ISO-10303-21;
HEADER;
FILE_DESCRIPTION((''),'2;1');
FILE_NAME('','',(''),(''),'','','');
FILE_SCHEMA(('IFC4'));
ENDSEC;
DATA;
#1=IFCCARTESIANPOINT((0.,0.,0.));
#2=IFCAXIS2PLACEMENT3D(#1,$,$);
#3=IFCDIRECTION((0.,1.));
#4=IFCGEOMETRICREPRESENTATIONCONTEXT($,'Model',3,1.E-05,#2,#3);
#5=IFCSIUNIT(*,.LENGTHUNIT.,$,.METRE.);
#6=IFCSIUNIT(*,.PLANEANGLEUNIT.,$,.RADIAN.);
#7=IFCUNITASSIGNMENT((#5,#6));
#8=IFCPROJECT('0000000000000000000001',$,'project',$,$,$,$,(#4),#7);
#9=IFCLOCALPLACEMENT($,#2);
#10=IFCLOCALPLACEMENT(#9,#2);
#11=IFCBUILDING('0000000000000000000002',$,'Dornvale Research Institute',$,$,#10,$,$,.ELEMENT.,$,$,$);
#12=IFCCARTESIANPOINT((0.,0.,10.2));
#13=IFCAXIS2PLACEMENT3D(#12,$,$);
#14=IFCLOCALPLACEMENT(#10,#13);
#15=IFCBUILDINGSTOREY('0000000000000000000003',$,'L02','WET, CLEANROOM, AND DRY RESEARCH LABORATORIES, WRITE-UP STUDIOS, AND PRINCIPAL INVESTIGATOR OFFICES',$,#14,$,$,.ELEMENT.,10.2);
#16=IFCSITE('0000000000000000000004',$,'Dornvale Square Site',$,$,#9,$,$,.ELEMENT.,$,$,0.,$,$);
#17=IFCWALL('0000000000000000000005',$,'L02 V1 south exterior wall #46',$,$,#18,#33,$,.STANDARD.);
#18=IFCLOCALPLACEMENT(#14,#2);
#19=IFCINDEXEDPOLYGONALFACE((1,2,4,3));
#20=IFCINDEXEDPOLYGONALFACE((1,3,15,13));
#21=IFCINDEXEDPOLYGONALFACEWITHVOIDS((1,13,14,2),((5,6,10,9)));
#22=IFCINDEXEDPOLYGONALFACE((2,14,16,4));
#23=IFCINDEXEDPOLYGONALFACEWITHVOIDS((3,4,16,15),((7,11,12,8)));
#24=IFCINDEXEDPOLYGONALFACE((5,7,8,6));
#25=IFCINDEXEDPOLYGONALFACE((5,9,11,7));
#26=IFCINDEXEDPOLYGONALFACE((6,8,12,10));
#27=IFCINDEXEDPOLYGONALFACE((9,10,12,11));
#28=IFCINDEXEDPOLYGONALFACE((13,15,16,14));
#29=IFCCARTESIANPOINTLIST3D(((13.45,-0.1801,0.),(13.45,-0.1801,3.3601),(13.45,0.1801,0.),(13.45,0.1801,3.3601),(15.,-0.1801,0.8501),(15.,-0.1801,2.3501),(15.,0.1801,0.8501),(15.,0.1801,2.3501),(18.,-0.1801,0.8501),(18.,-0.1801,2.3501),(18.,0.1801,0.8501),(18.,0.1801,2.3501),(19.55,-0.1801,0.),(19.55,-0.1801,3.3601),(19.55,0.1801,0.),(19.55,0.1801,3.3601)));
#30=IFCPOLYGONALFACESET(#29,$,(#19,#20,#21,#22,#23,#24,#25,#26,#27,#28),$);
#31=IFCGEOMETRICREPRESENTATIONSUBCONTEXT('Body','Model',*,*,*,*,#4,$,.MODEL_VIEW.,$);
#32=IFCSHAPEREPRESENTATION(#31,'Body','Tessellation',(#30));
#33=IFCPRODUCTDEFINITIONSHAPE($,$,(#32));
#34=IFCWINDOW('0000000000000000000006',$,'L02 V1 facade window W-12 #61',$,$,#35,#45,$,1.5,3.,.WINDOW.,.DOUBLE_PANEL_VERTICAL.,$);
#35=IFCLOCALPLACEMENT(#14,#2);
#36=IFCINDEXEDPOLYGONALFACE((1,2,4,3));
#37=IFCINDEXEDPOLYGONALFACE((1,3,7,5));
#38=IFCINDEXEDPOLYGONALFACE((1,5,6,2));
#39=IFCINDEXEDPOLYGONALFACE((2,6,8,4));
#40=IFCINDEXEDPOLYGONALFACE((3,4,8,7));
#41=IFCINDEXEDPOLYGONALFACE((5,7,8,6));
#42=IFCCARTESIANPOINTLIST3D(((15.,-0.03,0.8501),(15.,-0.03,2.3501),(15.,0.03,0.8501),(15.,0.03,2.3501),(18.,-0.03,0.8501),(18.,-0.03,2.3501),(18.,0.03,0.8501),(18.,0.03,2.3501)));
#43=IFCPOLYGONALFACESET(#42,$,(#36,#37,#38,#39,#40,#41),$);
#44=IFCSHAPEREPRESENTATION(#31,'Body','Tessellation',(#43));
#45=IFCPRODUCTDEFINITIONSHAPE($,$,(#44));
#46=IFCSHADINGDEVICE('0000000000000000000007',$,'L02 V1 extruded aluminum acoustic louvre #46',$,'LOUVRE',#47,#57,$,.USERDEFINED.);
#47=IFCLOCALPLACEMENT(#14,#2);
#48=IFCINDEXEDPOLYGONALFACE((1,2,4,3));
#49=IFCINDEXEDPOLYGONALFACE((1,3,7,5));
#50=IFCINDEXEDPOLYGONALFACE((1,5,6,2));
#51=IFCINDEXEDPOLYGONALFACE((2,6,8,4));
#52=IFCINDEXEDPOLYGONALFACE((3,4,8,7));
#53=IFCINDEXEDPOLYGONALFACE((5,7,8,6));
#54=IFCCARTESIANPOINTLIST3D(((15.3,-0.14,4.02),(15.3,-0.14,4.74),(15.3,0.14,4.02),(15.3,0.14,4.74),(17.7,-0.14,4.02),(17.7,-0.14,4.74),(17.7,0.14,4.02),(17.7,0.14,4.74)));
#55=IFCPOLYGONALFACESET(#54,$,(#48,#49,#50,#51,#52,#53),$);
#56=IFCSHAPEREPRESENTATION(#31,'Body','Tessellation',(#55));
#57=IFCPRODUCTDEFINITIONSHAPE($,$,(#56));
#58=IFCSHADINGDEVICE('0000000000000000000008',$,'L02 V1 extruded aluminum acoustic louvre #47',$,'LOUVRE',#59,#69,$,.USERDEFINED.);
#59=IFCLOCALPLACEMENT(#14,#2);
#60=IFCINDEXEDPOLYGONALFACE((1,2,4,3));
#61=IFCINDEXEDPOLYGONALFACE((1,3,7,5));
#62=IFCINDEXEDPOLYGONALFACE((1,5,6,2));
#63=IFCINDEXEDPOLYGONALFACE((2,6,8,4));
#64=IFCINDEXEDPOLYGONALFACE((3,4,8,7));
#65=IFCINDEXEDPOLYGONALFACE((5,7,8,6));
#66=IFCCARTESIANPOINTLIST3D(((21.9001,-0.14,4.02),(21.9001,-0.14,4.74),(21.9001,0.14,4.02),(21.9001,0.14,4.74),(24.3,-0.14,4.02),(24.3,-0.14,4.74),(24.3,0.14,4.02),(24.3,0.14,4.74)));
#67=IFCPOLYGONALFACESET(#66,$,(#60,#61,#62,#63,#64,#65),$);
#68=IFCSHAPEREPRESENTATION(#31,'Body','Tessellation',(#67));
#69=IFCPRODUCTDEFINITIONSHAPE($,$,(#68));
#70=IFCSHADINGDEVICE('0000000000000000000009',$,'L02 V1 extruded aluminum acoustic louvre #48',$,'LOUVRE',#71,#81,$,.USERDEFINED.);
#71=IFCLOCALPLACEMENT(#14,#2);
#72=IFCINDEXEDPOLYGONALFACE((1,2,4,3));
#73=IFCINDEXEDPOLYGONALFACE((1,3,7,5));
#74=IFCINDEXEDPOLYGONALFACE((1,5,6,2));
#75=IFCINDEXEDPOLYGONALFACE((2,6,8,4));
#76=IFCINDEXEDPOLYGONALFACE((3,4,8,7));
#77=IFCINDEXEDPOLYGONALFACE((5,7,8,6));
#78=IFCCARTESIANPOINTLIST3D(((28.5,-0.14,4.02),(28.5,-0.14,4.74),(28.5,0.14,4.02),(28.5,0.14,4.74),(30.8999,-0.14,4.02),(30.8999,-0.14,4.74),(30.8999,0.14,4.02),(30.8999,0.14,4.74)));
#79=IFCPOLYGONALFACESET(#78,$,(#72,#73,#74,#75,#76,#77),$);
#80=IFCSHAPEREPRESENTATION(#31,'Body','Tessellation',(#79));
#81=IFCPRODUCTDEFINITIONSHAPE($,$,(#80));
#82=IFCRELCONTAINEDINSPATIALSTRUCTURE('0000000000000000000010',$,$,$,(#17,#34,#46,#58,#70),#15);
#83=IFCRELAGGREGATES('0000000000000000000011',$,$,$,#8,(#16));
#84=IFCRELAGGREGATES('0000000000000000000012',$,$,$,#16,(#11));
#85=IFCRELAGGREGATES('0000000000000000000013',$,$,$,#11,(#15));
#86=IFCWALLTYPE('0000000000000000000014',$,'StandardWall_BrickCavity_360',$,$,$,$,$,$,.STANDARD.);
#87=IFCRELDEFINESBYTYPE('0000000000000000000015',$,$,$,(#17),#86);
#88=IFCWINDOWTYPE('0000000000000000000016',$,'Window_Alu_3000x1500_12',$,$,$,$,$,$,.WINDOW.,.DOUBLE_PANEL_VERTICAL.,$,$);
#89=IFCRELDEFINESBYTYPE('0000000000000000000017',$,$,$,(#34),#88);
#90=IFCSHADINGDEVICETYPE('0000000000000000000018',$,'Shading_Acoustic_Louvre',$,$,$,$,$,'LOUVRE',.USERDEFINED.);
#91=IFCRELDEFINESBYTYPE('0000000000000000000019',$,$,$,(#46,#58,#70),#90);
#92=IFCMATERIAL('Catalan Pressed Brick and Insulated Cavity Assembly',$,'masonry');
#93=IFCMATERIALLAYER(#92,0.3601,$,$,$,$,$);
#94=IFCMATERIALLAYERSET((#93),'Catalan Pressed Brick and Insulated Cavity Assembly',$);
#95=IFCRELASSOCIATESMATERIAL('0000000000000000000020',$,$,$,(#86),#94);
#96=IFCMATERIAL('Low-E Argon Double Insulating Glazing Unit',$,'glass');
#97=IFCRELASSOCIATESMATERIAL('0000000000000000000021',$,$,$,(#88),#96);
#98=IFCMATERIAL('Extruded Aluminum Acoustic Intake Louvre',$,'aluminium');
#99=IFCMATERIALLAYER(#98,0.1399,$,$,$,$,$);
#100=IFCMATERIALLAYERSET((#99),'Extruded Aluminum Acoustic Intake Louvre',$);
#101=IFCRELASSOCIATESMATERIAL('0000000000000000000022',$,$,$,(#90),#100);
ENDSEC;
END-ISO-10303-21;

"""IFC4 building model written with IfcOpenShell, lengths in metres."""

from ifc_helpers import new_model, si_unit, direction, frame, frame_2d, origin, origin_2d, place, context, subcontext, project, spatial, rectangle, extrude, material, layer, layer_set, type_object, element, fill, save


model = new_model("IFC4")

# Units and contexts
model_context = context("Model", 3, precision=1e-05, world=origin(), true_north=direction((0.0, 1.0)))
body_context = subcontext(model_context, "Body", "Model", "MODEL_VIEW")
ifc_project = project(units=[si_unit("LENGTHUNIT", "METRE"), si_unit("PLANEANGLEUNIT", "RADIAN")], contexts=[model_context])

# Site, building, storey
site_placement = place(None, origin())
site = spatial("IfcSite", under=ifc_project, at=site_placement, Name="Dornvale Square Site", CompositionType="ELEMENT", RefElevation=0.0)
building_placement = place(site_placement, origin())
building = spatial("IfcBuilding", under=site, at=building_placement, Name="Dornvale Research Institute", CompositionType="ELEMENT")
storey_placement = place(building_placement, frame((0.0, 0.0, 10.2)))
storey = spatial("IfcBuildingStorey", under=building, at=storey_placement, Name="L02", Description="WET, CLEANROOM, AND DRY RESEARCH LABORATORIES, WRITE-UP STUDIOS, AND PRINCIPAL INVESTIGATOR OFFICES", CompositionType="ELEMENT", Elevation=10.2)

# Wall, opening, window
ifc_material_1 = material(Name="Catalan Pressed Brick and Insulated Cavity Assembly", Category="masonry")
ifc_layer_1 = layer(ifc_material_1, 0.3601)
ifc_layer_set_1 = layer_set([ifc_layer_1], Name="Catalan Pressed Brick and Insulated Cavity Assembly")
wall_type_1 = type_object("IfcWallType", Name="StandardWall_BrickCavity_360", PredefinedType="STANDARD", material=ifc_layer_set_1)
ifc_material_2 = material(Name="Low-E Argon Double Insulating Glazing Unit", Category="glass")
window_type = type_object("IfcWindowType", Name="Window_Alu_3000x1500_12", PartitioningType="DOUBLE_PANEL_VERTICAL", PredefinedType="WINDOW", material=ifc_material_2)
wall_1_placement = place(storey_placement, frame((19.55, 0.0, 0.0), z_axis=(0.0, 0.0, 1.0), x_axis=(-1.0, 0.0, 0.0)))
wall_1 = element("IfcWall", 1, at=wall_1_placement, inside=storey, type_object=wall_type_1, Name="L02 V1 south exterior wall #46", PredefinedType="STANDARD", context=body_context, shape_type="SweptSolid", body=[
    extrude(rectangle(XDim=6.1001, YDim=0.3601, at=frame_2d((3.05, 0.0))), origin(), (0.0, 0.0, 1.0), 3.3601),
])
opening_1_placement = place(wall_1_placement, frame((1.55, 0.0, 0.8501)))
opening_1 = element("IfcOpeningElement", 2, at=opening_1_placement, cuts=wall_1, PredefinedType="OPENING", context=body_context, shape_type="SweptSolid", body=[
    extrude(rectangle(XDim=3.0, YDim=1.5, at=frame_2d((1.5, 0.75))), frame((0.0, 0.1951, 0.0), z_axis=(0.0, -1.0, 0.0), x_axis=(1.0, 0.0, 0.0)), (0.0, 0.0, 1.0), 0.3901),
])
window_1_placement = place(opening_1_placement, origin())
window_1 = element("IfcWindow", 3, at=window_1_placement, inside=storey, type_object=window_type, Name="L02 V1 facade window W-12 #61", OverallHeight=1.5, OverallWidth=3.0, PartitioningType="DOUBLE_PANEL_VERTICAL", PredefinedType="WINDOW", context=body_context, shape_type="SweptSolid", body=[
    extrude(rectangle(XDim=3.0, YDim=1.5, at=frame_2d((1.5, 0.75))), frame((0.0, 0.03, 0.0), z_axis=(0.0, -1.0, 0.0), x_axis=(1.0, 0.0, 0.0)), (0.0, 0.0, 1.0), 0.0601),
])
fill(opening_1, window_1)

# Shading devices
ifc_material_3 = material(Name="Extruded Aluminum Acoustic Intake Louvre", Category="aluminium")
ifc_layer_2 = layer(ifc_material_3, 0.1399)
ifc_layer_set_2 = layer_set([ifc_layer_2], Name="Extruded Aluminum Acoustic Intake Louvre")
shading_device_type = type_object("IfcShadingDeviceType", Name="Shading_Acoustic_Louvre", ElementType="LOUVRE", PredefinedType="USERDEFINED", material=ifc_layer_set_2)
for number, where, z_axis, x_axis, name in (
    (4, (16.5, 0.0, 4.02), (0.0, 0.0, 1.0), (1.0, 0.0, 0.0), "L02 V1 extruded aluminum acoustic louvre #46"),
    (5, (23.1001, 0.0, 4.02), (0.0, 0.0, 1.0), (1.0, 0.0, 0.0), "L02 V1 extruded aluminum acoustic louvre #47"),
    (6, (29.7, 0.0, 4.02), (0.0, 0.0, 1.0), (1.0, 0.0, 0.0), "L02 V1 extruded aluminum acoustic louvre #48"),
):
    element("IfcShadingDevice", number, at=place(storey_placement, frame(where, z_axis=z_axis, x_axis=x_axis)), inside=storey, type_object=shading_device_type, Name=name, ObjectType="LOUVRE", PredefinedType="USERDEFINED", context=body_context, shape_type="SweptSolid", body=[
        extrude(rectangle(XDim=2.3999, YDim=0.28, at=origin_2d()), origin(), (0.0, 0.0, 1.0), 0.72),
    ])

save(model, "model.ifc")
